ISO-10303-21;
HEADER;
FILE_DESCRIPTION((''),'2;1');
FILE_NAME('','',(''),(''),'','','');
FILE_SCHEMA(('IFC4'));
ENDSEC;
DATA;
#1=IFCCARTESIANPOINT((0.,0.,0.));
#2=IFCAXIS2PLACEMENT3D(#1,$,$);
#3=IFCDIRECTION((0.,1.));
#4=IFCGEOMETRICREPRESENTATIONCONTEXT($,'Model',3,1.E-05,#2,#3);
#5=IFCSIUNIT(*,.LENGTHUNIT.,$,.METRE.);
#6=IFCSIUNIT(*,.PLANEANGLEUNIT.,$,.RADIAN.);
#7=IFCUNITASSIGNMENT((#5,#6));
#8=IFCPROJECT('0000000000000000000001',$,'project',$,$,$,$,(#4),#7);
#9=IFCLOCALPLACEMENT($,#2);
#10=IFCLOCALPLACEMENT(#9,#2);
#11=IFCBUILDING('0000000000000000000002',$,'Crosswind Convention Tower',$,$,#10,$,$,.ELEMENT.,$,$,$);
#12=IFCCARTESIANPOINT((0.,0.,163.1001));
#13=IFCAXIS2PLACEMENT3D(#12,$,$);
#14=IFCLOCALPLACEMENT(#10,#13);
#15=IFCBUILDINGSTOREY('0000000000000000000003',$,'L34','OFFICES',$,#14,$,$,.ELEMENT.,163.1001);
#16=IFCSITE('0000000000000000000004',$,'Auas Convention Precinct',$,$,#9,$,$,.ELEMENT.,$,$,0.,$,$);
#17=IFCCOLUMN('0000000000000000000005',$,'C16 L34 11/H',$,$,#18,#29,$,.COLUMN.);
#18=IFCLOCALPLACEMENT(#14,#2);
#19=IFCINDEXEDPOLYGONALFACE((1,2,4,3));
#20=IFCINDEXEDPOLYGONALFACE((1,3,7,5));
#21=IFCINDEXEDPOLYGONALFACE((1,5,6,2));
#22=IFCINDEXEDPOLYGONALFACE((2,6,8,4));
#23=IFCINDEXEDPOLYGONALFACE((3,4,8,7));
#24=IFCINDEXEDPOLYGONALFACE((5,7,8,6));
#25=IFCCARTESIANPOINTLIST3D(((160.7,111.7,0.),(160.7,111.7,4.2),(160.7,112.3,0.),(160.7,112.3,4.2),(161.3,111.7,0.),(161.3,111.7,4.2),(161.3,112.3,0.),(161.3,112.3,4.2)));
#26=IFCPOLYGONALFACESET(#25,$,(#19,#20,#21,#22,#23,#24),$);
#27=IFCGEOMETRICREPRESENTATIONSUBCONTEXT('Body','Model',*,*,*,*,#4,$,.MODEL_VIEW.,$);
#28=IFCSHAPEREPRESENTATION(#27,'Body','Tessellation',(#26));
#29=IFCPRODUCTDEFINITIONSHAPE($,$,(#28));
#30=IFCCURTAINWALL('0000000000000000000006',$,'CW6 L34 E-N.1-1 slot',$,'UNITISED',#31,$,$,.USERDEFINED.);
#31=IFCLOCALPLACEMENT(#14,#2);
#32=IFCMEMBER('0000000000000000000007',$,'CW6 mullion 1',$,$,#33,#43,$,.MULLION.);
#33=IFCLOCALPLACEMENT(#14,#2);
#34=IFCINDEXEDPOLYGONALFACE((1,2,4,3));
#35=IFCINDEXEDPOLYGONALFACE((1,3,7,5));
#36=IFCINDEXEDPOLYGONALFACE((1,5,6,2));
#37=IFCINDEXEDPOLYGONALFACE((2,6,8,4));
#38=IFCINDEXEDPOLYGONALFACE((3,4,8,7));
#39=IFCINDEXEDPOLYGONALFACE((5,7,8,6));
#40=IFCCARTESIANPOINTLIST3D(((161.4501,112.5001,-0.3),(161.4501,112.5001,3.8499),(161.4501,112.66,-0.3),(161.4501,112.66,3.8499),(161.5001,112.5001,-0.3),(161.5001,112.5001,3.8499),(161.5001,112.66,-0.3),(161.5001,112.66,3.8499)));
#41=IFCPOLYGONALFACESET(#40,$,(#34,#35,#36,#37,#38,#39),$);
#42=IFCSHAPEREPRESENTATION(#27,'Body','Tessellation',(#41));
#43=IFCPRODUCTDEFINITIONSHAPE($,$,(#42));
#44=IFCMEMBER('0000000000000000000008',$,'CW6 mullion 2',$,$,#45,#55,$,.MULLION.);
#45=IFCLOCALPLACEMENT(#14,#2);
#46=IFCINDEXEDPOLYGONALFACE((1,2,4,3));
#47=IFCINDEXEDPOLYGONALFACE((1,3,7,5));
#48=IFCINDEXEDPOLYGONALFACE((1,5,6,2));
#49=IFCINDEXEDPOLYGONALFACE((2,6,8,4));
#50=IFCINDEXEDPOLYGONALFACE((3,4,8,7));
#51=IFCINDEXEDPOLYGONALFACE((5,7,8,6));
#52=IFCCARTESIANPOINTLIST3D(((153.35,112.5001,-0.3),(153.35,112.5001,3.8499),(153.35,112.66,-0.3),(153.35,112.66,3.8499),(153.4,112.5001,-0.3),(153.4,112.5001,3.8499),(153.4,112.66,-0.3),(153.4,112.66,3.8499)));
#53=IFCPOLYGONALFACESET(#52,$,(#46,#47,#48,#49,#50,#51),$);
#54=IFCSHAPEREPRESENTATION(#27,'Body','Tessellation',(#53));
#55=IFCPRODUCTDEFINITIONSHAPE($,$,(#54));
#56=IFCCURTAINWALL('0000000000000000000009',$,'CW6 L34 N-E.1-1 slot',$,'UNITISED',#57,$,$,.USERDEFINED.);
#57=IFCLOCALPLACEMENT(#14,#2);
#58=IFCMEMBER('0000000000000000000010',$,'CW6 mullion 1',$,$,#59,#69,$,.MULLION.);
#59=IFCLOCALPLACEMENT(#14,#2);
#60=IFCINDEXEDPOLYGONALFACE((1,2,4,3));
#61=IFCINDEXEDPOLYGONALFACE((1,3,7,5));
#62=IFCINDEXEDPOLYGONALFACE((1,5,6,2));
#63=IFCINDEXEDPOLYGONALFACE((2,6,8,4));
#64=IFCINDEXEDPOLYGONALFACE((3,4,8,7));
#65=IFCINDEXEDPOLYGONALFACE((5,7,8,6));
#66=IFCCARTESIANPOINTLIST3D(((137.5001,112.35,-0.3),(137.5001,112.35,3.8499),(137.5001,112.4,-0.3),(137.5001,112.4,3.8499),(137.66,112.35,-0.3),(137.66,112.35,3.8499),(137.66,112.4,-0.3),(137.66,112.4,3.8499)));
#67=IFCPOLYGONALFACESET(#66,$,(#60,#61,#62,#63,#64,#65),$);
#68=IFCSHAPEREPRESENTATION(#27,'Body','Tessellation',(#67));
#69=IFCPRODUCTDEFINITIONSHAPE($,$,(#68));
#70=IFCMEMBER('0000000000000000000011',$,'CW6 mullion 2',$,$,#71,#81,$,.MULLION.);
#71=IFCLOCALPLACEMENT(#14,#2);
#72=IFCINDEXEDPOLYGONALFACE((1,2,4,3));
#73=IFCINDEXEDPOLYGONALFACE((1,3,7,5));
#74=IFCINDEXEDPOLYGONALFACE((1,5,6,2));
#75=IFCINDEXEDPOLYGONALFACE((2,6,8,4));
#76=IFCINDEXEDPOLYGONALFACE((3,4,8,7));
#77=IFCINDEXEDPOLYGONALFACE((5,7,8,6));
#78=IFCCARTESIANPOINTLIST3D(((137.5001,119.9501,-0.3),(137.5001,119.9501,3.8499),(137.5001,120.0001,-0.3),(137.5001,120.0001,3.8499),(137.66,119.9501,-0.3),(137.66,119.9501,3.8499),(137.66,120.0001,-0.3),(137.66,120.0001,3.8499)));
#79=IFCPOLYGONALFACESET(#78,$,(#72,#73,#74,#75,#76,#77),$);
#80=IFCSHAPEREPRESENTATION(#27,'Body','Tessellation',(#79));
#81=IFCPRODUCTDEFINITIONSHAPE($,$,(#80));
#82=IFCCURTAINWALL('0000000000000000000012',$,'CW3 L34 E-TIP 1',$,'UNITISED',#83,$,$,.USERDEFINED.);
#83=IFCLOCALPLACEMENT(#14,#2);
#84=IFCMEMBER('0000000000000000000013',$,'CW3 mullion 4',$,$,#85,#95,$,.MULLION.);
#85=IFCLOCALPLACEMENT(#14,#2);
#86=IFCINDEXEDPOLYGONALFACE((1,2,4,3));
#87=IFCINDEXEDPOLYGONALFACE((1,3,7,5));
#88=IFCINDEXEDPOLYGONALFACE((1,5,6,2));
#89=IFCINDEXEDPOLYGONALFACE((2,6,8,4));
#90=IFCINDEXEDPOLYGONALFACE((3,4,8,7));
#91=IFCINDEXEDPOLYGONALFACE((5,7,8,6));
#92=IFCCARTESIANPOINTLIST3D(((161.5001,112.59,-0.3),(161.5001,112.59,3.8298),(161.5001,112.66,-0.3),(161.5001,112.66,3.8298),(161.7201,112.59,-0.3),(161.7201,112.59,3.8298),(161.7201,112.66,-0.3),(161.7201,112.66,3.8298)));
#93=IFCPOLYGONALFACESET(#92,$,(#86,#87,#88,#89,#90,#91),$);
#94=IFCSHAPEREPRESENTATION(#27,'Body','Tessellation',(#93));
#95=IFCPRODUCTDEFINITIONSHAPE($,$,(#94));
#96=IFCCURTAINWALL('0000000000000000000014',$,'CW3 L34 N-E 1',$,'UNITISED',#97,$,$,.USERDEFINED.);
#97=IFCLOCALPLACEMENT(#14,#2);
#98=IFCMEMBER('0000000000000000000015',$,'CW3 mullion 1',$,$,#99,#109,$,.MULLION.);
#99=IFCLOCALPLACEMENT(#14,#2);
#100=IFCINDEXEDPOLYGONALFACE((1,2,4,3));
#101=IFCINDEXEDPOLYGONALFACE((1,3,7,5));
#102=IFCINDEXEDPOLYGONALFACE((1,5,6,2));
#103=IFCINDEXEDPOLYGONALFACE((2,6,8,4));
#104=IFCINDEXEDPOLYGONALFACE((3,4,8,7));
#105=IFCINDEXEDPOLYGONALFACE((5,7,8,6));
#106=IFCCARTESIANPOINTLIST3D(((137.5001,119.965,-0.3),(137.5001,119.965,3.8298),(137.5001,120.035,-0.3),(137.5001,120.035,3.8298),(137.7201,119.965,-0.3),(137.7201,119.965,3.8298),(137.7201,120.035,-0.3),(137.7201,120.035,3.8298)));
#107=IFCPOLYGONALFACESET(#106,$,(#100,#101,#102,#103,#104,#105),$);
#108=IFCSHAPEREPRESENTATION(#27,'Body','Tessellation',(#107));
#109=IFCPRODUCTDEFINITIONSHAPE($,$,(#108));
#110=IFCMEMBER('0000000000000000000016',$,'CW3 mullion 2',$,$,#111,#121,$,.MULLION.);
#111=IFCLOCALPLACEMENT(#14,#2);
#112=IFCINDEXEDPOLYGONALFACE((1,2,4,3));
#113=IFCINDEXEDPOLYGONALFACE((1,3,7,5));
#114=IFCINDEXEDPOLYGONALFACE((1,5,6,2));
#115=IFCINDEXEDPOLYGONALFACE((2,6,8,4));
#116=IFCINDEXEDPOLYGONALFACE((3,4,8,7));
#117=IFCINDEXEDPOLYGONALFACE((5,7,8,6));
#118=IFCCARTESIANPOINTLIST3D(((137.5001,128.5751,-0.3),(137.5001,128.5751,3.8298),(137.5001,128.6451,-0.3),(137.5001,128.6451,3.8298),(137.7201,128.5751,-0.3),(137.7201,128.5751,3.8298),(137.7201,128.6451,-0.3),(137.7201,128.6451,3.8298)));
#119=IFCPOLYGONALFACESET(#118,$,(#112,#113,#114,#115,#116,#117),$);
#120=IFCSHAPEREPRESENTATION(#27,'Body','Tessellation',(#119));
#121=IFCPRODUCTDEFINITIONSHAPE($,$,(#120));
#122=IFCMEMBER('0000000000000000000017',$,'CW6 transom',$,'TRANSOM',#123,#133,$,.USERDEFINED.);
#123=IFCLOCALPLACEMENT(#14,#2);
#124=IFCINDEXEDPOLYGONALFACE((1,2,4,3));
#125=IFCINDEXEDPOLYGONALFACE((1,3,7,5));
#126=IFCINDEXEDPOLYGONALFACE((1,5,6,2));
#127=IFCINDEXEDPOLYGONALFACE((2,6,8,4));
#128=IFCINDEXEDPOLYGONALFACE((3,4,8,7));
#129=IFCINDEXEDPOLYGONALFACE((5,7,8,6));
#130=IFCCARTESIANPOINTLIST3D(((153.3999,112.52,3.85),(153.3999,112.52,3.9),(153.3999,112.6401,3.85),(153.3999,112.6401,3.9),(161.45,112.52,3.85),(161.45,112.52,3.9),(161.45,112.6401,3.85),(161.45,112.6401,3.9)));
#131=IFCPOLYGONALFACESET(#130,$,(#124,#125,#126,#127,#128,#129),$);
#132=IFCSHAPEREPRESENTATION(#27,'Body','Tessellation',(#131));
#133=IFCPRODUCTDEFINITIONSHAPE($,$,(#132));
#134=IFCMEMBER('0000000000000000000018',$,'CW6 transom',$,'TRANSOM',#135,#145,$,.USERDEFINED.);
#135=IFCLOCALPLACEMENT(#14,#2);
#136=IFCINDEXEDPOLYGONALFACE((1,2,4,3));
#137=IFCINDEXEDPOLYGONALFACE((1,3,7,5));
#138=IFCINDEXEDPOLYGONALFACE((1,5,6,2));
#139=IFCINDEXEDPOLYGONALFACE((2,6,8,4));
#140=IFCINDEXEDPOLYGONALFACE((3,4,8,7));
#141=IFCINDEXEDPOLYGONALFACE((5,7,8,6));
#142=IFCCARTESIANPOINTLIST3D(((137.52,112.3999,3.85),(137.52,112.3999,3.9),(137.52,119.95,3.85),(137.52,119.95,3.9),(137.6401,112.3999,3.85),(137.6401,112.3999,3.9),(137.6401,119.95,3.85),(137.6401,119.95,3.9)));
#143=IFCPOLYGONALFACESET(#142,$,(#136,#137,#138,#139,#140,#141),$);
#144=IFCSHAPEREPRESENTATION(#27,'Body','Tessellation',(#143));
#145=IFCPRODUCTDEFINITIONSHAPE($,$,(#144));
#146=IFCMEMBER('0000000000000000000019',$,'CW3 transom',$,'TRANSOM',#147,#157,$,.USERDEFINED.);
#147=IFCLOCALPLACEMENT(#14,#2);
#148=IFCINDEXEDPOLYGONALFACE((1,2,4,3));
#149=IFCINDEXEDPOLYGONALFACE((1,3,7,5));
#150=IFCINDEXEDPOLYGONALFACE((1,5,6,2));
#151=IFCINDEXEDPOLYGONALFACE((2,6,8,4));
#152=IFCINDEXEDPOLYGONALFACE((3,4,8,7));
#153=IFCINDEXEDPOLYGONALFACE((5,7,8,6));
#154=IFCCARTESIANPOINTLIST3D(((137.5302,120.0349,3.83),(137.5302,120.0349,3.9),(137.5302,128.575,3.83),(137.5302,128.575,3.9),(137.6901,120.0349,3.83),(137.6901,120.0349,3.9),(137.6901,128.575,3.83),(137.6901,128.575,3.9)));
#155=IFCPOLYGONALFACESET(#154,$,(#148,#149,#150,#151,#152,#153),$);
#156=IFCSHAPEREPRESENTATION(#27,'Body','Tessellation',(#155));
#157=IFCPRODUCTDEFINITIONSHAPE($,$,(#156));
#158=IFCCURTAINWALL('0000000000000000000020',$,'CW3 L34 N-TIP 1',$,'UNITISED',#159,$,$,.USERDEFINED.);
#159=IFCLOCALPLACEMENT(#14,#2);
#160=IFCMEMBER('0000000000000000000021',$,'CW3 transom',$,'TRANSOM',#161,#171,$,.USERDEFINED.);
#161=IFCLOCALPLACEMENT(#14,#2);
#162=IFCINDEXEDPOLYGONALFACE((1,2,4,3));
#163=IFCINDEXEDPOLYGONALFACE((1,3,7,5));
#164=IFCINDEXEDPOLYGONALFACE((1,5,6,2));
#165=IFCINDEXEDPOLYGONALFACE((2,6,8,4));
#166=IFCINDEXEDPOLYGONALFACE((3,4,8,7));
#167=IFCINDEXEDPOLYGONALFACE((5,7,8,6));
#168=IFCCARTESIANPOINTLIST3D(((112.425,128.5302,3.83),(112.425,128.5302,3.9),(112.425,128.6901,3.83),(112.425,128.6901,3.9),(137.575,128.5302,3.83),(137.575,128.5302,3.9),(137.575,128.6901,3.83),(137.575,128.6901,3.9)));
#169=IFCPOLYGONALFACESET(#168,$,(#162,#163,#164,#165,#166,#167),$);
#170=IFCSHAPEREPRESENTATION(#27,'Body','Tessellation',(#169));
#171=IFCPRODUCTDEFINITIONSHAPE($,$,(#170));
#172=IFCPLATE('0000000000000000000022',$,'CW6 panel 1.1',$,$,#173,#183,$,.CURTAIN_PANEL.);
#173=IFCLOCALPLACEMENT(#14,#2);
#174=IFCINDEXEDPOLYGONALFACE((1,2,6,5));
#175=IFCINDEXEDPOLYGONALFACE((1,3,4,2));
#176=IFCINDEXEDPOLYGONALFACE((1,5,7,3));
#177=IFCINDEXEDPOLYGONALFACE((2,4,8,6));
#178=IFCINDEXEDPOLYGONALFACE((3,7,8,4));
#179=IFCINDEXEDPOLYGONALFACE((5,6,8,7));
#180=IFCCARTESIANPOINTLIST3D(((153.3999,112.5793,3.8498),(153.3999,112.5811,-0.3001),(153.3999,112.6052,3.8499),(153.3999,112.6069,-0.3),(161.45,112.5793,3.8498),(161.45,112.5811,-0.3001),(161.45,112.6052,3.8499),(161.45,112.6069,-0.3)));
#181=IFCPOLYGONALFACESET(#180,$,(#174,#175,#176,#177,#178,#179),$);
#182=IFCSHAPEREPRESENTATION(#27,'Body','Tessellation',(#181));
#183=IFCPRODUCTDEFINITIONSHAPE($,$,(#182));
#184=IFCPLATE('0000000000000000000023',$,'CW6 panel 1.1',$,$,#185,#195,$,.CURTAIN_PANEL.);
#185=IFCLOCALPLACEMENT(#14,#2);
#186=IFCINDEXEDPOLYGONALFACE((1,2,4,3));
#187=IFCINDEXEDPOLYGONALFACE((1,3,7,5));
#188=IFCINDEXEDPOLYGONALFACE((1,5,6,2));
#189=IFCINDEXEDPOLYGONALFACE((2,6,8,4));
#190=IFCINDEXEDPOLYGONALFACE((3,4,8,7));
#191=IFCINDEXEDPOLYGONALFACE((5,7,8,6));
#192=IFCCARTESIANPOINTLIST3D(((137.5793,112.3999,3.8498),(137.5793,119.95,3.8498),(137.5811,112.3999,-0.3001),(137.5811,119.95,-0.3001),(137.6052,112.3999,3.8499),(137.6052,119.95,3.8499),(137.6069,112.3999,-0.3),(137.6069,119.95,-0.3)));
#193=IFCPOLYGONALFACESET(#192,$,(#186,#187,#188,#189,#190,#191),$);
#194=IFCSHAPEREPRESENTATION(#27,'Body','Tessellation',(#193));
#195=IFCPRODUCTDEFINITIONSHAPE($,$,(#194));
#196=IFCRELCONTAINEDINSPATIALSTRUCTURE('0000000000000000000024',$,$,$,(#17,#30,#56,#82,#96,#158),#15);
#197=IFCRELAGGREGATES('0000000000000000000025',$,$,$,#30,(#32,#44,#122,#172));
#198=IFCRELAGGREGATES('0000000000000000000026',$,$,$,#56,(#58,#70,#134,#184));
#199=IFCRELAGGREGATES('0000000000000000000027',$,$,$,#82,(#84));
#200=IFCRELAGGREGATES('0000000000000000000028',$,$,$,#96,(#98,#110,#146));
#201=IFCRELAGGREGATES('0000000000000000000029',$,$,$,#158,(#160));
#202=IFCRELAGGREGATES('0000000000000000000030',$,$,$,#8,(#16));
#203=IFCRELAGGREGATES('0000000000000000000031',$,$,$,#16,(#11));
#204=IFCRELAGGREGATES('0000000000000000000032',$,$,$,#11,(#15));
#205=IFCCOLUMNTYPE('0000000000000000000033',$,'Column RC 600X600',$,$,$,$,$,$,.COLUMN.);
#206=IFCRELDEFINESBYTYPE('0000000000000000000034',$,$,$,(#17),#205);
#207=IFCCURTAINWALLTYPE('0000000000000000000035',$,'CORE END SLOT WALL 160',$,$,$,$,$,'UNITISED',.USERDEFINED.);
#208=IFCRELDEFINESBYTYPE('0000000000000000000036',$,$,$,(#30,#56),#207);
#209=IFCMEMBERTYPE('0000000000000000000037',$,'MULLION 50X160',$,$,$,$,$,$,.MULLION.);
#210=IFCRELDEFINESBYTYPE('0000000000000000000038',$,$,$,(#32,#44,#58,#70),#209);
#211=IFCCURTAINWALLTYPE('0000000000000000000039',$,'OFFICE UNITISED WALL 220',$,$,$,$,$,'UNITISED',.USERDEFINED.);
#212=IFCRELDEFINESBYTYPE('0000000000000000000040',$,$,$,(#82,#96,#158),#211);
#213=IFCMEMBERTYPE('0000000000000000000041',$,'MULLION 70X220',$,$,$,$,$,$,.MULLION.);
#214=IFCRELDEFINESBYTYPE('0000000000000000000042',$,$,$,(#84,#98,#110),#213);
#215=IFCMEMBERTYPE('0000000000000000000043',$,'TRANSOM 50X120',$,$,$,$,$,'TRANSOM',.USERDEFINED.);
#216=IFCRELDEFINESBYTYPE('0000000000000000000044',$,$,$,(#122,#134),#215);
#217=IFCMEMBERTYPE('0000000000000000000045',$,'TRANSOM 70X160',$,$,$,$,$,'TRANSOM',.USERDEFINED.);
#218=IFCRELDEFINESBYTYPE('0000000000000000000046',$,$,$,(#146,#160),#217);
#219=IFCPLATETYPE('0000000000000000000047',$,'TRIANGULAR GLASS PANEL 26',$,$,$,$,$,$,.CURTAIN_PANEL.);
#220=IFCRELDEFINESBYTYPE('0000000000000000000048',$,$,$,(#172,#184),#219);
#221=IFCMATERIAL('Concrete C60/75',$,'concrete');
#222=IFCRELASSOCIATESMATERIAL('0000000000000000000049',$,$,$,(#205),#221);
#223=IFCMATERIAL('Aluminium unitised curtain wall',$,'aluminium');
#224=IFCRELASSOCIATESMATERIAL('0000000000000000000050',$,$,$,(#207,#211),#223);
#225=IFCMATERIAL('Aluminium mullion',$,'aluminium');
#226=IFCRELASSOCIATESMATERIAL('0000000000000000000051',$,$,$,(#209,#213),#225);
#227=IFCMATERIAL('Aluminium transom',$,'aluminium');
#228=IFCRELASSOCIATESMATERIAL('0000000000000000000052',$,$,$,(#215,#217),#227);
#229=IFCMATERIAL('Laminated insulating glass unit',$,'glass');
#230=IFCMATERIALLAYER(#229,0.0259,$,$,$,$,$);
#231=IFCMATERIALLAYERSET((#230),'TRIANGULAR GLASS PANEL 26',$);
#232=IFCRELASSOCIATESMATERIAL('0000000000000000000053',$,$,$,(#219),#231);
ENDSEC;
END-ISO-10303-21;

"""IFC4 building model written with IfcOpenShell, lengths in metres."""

from ifc_helpers import new_model, si_unit, direction, frame, origin, origin_2d, place, context, subcontext, project, spatial, polyline, rectangle, outline, extrude, material, layer, layer_set, material_profile, profile_set, type_object, element, aggregate, save


model = new_model("IFC4")

# Units and contexts
model_context = context("Model", 3, precision=1e-05, world=origin(), true_north=direction((0.0, 1.0)))
body_context = subcontext(model_context, "Body", "Model", "MODEL_VIEW")
ifc_project = project(units=[si_unit("LENGTHUNIT", "METRE"), si_unit("PLANEANGLEUNIT", "RADIAN")], contexts=[model_context])

# Site, building, storey
site_placement = place(None, origin())
site = spatial("IfcSite", under=ifc_project, at=site_placement, Name="Auas Convention Precinct", CompositionType="ELEMENT", RefElevation=0.0)
building_placement = place(site_placement, origin())
building = spatial("IfcBuilding", under=site, at=building_placement, Name="Crosswind Convention Tower", CompositionType="ELEMENT")
storey_placement = place(building_placement, frame((0.0, 0.0, 163.1001)))
storey = spatial("IfcBuildingStorey", under=building, at=storey_placement, Name="L34", Description="OFFICES", CompositionType="ELEMENT", Elevation=163.1001)

# Column
ifc_material_1 = material(Name="Concrete C60/75", Category="concrete")
ifc_material_profile_1 = material_profile(ifc_material_1, rectangle(XDim=0.6001, YDim=0.6001, at=origin_2d()), Name="RC 600X600")
ifc_profile_set_1 = profile_set([ifc_material_profile_1], Name="Concrete C60/75")
column_type = type_object("IfcColumnType", Name="Column RC 600X600", PredefinedType="COLUMN", material=ifc_profile_set_1)
column_placement = place(storey_placement, frame((161.0, 112.0, 0.0), z_axis=(0.0, 0.0, 1.0), x_axis=(1.0, 0.0, 0.0)))
element("IfcColumn", 1, at=column_placement, inside=storey, type_object=column_type, Name="C16 L34 11/H", PredefinedType="COLUMN", context=body_context, shape_type="SweptSolid", body=[
    extrude(rectangle(XDim=0.6001, YDim=0.6001, at=origin_2d()), origin(), (0.0, 0.0, 1.0), 4.2),
])

# Curtain walls, members
ifc_material_2 = material(Name="Aluminium unitised curtain wall", Category="aluminium")
curtain_wall_type_1 = type_object("IfcCurtainWallType", Name="CORE END SLOT WALL 160", ElementType="UNITISED", PredefinedType="USERDEFINED", material=ifc_material_2)
curtain_wall_1_placement = place(storey_placement, origin())
curtain_wall_1 = element("IfcCurtainWall", 2, at=curtain_wall_1_placement, inside=storey, type_object=curtain_wall_type_1, Name="CW6 L34 E-N.1-1 slot", ObjectType="UNITISED", PredefinedType="USERDEFINED")
ifc_material_3 = material(Name="Aluminium mullion", Category="aluminium")
ifc_material_profile_2 = material_profile(ifc_material_3, rectangle(XDim=0.1599, YDim=0.05, at=origin_2d()), Name="AL 160X50")
ifc_profile_set_2 = profile_set([ifc_material_profile_2], Name="Aluminium mullion")
member_type_1 = type_object("IfcMemberType", Name="MULLION 50X160", PredefinedType="MULLION", material=ifc_profile_set_2)
member_1_placement = place(storey_placement, frame((161.4751, 112.5801, -0.3), z_axis=(0.0, 0.0, 1.0), x_axis=(0.0, 1.0, 0.0)))
member_1 = element("IfcMember", 3, at=member_1_placement, type_object=member_type_1, Name="CW6 mullion 1", PredefinedType="MULLION", context=body_context, shape_type="SweptSolid", body=[
    extrude(rectangle(XDim=0.1599, YDim=0.05, at=origin_2d()), origin(), (0.0, 0.0, 1.0), 4.1499),
])
member_2_placement = place(storey_placement, frame((153.375, 112.5801, -0.3), z_axis=(0.0, 0.0, 1.0), x_axis=(0.0, 1.0, 0.0)))
member_2 = element("IfcMember", 4, at=member_2_placement, type_object=member_type_1, Name="CW6 mullion 2", PredefinedType="MULLION", context=body_context, shape_type="SweptSolid", body=[
    extrude(rectangle(XDim=0.1599, YDim=0.05, at=origin_2d()), origin(), (0.0, 0.0, 1.0), 4.1499),
])
curtain_wall_2_placement = place(storey_placement, origin())
curtain_wall_2 = element("IfcCurtainWall", 5, at=curtain_wall_2_placement, inside=storey, type_object=curtain_wall_type_1, Name="CW6 L34 N-E.1-1 slot", ObjectType="UNITISED", PredefinedType="USERDEFINED")
member_3_placement = place(storey_placement, frame((137.5801, 112.375, -0.3), z_axis=(0.0, 0.0, 1.0), x_axis=(1.0, 0.0, 0.0)))
member_3 = element("IfcMember", 6, at=member_3_placement, type_object=member_type_1, Name="CW6 mullion 1", PredefinedType="MULLION", context=body_context, shape_type="SweptSolid", body=[
    extrude(rectangle(XDim=0.1599, YDim=0.05, at=origin_2d()), origin(), (0.0, 0.0, 1.0), 4.1499),
])
member_4_placement = place(storey_placement, frame((137.5801, 119.9751, -0.3), z_axis=(0.0, 0.0, 1.0), x_axis=(1.0, 0.0, 0.0)))
member_4 = element("IfcMember", 7, at=member_4_placement, type_object=member_type_1, Name="CW6 mullion 2", PredefinedType="MULLION", context=body_context, shape_type="SweptSolid", body=[
    extrude(rectangle(XDim=0.1599, YDim=0.05, at=origin_2d()), origin(), (0.0, 0.0, 1.0), 4.1499),
])

# Curtain wall, member
curtain_wall_type_2 = type_object("IfcCurtainWallType", Name="OFFICE UNITISED WALL 220", ElementType="UNITISED", PredefinedType="USERDEFINED", material=ifc_material_2)
curtain_wall_3_placement = place(storey_placement, origin())
curtain_wall_3 = element("IfcCurtainWall", 8, at=curtain_wall_3_placement, inside=storey, type_object=curtain_wall_type_2, Name="CW3 L34 E-TIP 1", ObjectType="UNITISED", PredefinedType="USERDEFINED")
ifc_material_profile_3 = material_profile(ifc_material_3, rectangle(XDim=0.22, YDim=0.0701, at=origin_2d()), Name="AL 220X70")
ifc_profile_set_3 = profile_set([ifc_material_profile_3], Name="Aluminium mullion")
member_type_2 = type_object("IfcMemberType", Name="MULLION 70X220", PredefinedType="MULLION", material=ifc_profile_set_3)
member_5_placement = place(storey_placement, frame((161.6101, 112.625, -0.3), z_axis=(0.0, 0.0, 1.0), x_axis=(1.0, 0.0, 0.0)))
member_5 = element("IfcMember", 9, at=member_5_placement, type_object=member_type_2, Name="CW3 mullion 4", PredefinedType="MULLION", context=body_context, shape_type="SweptSolid", body=[
    extrude(rectangle(XDim=0.22, YDim=0.0701, at=origin_2d()), origin(), (0.0, 0.0, 1.0), 4.1299),
])

# Curtain wall, members
curtain_wall_4_placement = place(storey_placement, origin())
curtain_wall_4 = element("IfcCurtainWall", 10, at=curtain_wall_4_placement, inside=storey, type_object=curtain_wall_type_2, Name="CW3 L34 N-E 1", ObjectType="UNITISED", PredefinedType="USERDEFINED")
member_6_placement = place(storey_placement, frame((137.6101, 120.0, -0.3), z_axis=(0.0, 0.0, 1.0), x_axis=(1.0, 0.0, 0.0)))
member_6 = element("IfcMember", 11, at=member_6_placement, type_object=member_type_2, Name="CW3 mullion 1", PredefinedType="MULLION", context=body_context, shape_type="SweptSolid", body=[
    extrude(rectangle(XDim=0.22, YDim=0.0701, at=origin_2d()), origin(), (0.0, 0.0, 1.0), 4.1299),
])
member_7_placement = place(storey_placement, frame((137.6101, 128.6101, -0.3), z_axis=(0.0, 0.0, 1.0), x_axis=(1.0, 0.0, 0.0)))
member_7 = element("IfcMember", 12, at=member_7_placement, type_object=member_type_2, Name="CW3 mullion 2", PredefinedType="MULLION", context=body_context, shape_type="SweptSolid", body=[
    extrude(rectangle(XDim=0.22, YDim=0.0701, at=origin_2d()), origin(), (0.0, 0.0, 1.0), 4.1299),
])

# Members
ifc_material_4 = material(Name="Aluminium transom", Category="aluminium")
ifc_material_profile_4 = material_profile(ifc_material_4, rectangle(XDim=0.1201, YDim=0.05, at=origin_2d()), Name="AL 120X50")
ifc_profile_set_4 = profile_set([ifc_material_profile_4], Name="Aluminium transom")
member_type_3 = type_object("IfcMemberType", Name="TRANSOM 50X120", ElementType="TRANSOM", PredefinedType="USERDEFINED", material=ifc_profile_set_4)
member_8_placement = place(storey_placement, frame((161.45, 112.5801, 3.875), z_axis=(-1.0, 0.0, 0.0), x_axis=(0.0, -1.0, 0.0)))
member_8 = element("IfcMember", 13, at=member_8_placement, type_object=member_type_3, Name="CW6 transom", ObjectType="TRANSOM", PredefinedType="USERDEFINED", context=body_context, shape_type="SweptSolid", body=[
    extrude(rectangle(XDim=0.1201, YDim=0.05, at=origin_2d()), origin(), (0.0, 0.0, 1.0), 8.05),
])
member_9_placement = place(storey_placement, frame((137.5801, 112.3999, 3.875), z_axis=(0.0, 1.0, 0.0), x_axis=(-1.0, 0.0, 0.0)))
member_9 = element("IfcMember", 14, at=member_9_placement, type_object=member_type_3, Name="CW6 transom", ObjectType="TRANSOM", PredefinedType="USERDEFINED", context=body_context, shape_type="SweptSolid", body=[
    extrude(rectangle(XDim=0.1201, YDim=0.05, at=origin_2d()), origin(), (0.0, 0.0, 1.0), 7.55),
])
ifc_material_profile_5 = material_profile(ifc_material_4, rectangle(XDim=0.1599, YDim=0.0701, at=origin_2d()), Name="AL 160X70")
ifc_profile_set_5 = profile_set([ifc_material_profile_5], Name="Aluminium transom")
member_type_4 = type_object("IfcMemberType", Name="TRANSOM 70X160", ElementType="TRANSOM", PredefinedType="USERDEFINED", material=ifc_profile_set_5)
member_10_placement = place(storey_placement, frame((137.6101, 120.0349, 3.865), z_axis=(0.0, 1.0, 0.0), x_axis=(-1.0, 0.0, 0.0)))
member_10 = element("IfcMember", 15, at=member_10_placement, type_object=member_type_4, Name="CW3 transom", ObjectType="TRANSOM", PredefinedType="USERDEFINED", context=body_context, shape_type="SweptSolid", body=[
    extrude(rectangle(XDim=0.1599, YDim=0.0701, at=origin_2d()), origin(), (0.0, 0.0, 1.0), 8.54),
])

# Curtain wall, member
curtain_wall_5_placement = place(storey_placement, origin())
curtain_wall_5 = element("IfcCurtainWall", 16, at=curtain_wall_5_placement, inside=storey, type_object=curtain_wall_type_2, Name="CW3 L34 N-TIP 1", ObjectType="UNITISED", PredefinedType="USERDEFINED")
member_11_placement = place(storey_placement, frame((137.575, 128.6101, 3.865), z_axis=(-1.0, 0.0, 0.0), x_axis=(0.0, -1.0, 0.0)))
member_11 = element("IfcMember", 17, at=member_11_placement, type_object=member_type_4, Name="CW3 transom", ObjectType="TRANSOM", PredefinedType="USERDEFINED", context=body_context, shape_type="SweptSolid", body=[
    extrude(rectangle(XDim=0.1599, YDim=0.0701, at=origin_2d()), origin(), (0.0, 0.0, 1.0), 25.1499),
])

# Plates
ifc_material_5 = material(Name="Laminated insulating glass unit", Category="glass")
ifc_layer_1 = layer(ifc_material_5, 0.0259)
ifc_layer_set_1 = layer_set([ifc_layer_1], Name="TRIANGULAR GLASS PANEL 26")
plate_type_1 = type_object("IfcPlateType", Name="TRIANGULAR GLASS PANEL 26", PredefinedType="CURTAIN_PANEL", material=ifc_layer_set_1)
plate_1_placement = place(storey_placement, frame((161.45, 112.6069, -0.3), z_axis=(0.0, 1.0, 0.000412), x_axis=(-1.0, 0.0, 0.0)))
plate_1 = element("IfcPlate", 18, at=plate_1_placement, type_object=plate_type_1, Name="CW6 panel 1.1", PredefinedType="CURTAIN_PANEL", context=body_context, shape_type="SweptSolid", body=[
    extrude(outline(polyline([(0.0, 0.0), (8.05, 0.0), (8.05, 4.1499), (0.0, 4.1499), (0.0, 0.0)])), origin(), (0.0, 0.0, -1.0), 0.0259),
])
aggregate(curtain_wall_1, [member_1, member_2, member_8, plate_1])
plate_2_placement = place(storey_placement, frame((137.6069, 112.3999, -0.3), z_axis=(1.0, 0.0, 0.000412), x_axis=(0.0, 1.0, 0.0)))
plate_2 = element("IfcPlate", 19, at=plate_2_placement, type_object=plate_type_1, Name="CW6 panel 1.1", PredefinedType="CURTAIN_PANEL", context=body_context, shape_type="SweptSolid", body=[
    extrude(outline(polyline([(0.0, 0.0), (7.55, 0.0), (7.55, 4.1499), (0.0, 4.1499), (0.0, 0.0)])), origin(), (0.0, 0.0, -1.0), 0.0259),
])
aggregate(curtain_wall_2, [member_3, member_4, member_9, plate_2])
aggregate(curtain_wall_3, [member_5])

aggregate(curtain_wall_4, [member_6, member_7, member_10])
aggregate(curtain_wall_5, [member_11])

save(model, "model.ifc")
